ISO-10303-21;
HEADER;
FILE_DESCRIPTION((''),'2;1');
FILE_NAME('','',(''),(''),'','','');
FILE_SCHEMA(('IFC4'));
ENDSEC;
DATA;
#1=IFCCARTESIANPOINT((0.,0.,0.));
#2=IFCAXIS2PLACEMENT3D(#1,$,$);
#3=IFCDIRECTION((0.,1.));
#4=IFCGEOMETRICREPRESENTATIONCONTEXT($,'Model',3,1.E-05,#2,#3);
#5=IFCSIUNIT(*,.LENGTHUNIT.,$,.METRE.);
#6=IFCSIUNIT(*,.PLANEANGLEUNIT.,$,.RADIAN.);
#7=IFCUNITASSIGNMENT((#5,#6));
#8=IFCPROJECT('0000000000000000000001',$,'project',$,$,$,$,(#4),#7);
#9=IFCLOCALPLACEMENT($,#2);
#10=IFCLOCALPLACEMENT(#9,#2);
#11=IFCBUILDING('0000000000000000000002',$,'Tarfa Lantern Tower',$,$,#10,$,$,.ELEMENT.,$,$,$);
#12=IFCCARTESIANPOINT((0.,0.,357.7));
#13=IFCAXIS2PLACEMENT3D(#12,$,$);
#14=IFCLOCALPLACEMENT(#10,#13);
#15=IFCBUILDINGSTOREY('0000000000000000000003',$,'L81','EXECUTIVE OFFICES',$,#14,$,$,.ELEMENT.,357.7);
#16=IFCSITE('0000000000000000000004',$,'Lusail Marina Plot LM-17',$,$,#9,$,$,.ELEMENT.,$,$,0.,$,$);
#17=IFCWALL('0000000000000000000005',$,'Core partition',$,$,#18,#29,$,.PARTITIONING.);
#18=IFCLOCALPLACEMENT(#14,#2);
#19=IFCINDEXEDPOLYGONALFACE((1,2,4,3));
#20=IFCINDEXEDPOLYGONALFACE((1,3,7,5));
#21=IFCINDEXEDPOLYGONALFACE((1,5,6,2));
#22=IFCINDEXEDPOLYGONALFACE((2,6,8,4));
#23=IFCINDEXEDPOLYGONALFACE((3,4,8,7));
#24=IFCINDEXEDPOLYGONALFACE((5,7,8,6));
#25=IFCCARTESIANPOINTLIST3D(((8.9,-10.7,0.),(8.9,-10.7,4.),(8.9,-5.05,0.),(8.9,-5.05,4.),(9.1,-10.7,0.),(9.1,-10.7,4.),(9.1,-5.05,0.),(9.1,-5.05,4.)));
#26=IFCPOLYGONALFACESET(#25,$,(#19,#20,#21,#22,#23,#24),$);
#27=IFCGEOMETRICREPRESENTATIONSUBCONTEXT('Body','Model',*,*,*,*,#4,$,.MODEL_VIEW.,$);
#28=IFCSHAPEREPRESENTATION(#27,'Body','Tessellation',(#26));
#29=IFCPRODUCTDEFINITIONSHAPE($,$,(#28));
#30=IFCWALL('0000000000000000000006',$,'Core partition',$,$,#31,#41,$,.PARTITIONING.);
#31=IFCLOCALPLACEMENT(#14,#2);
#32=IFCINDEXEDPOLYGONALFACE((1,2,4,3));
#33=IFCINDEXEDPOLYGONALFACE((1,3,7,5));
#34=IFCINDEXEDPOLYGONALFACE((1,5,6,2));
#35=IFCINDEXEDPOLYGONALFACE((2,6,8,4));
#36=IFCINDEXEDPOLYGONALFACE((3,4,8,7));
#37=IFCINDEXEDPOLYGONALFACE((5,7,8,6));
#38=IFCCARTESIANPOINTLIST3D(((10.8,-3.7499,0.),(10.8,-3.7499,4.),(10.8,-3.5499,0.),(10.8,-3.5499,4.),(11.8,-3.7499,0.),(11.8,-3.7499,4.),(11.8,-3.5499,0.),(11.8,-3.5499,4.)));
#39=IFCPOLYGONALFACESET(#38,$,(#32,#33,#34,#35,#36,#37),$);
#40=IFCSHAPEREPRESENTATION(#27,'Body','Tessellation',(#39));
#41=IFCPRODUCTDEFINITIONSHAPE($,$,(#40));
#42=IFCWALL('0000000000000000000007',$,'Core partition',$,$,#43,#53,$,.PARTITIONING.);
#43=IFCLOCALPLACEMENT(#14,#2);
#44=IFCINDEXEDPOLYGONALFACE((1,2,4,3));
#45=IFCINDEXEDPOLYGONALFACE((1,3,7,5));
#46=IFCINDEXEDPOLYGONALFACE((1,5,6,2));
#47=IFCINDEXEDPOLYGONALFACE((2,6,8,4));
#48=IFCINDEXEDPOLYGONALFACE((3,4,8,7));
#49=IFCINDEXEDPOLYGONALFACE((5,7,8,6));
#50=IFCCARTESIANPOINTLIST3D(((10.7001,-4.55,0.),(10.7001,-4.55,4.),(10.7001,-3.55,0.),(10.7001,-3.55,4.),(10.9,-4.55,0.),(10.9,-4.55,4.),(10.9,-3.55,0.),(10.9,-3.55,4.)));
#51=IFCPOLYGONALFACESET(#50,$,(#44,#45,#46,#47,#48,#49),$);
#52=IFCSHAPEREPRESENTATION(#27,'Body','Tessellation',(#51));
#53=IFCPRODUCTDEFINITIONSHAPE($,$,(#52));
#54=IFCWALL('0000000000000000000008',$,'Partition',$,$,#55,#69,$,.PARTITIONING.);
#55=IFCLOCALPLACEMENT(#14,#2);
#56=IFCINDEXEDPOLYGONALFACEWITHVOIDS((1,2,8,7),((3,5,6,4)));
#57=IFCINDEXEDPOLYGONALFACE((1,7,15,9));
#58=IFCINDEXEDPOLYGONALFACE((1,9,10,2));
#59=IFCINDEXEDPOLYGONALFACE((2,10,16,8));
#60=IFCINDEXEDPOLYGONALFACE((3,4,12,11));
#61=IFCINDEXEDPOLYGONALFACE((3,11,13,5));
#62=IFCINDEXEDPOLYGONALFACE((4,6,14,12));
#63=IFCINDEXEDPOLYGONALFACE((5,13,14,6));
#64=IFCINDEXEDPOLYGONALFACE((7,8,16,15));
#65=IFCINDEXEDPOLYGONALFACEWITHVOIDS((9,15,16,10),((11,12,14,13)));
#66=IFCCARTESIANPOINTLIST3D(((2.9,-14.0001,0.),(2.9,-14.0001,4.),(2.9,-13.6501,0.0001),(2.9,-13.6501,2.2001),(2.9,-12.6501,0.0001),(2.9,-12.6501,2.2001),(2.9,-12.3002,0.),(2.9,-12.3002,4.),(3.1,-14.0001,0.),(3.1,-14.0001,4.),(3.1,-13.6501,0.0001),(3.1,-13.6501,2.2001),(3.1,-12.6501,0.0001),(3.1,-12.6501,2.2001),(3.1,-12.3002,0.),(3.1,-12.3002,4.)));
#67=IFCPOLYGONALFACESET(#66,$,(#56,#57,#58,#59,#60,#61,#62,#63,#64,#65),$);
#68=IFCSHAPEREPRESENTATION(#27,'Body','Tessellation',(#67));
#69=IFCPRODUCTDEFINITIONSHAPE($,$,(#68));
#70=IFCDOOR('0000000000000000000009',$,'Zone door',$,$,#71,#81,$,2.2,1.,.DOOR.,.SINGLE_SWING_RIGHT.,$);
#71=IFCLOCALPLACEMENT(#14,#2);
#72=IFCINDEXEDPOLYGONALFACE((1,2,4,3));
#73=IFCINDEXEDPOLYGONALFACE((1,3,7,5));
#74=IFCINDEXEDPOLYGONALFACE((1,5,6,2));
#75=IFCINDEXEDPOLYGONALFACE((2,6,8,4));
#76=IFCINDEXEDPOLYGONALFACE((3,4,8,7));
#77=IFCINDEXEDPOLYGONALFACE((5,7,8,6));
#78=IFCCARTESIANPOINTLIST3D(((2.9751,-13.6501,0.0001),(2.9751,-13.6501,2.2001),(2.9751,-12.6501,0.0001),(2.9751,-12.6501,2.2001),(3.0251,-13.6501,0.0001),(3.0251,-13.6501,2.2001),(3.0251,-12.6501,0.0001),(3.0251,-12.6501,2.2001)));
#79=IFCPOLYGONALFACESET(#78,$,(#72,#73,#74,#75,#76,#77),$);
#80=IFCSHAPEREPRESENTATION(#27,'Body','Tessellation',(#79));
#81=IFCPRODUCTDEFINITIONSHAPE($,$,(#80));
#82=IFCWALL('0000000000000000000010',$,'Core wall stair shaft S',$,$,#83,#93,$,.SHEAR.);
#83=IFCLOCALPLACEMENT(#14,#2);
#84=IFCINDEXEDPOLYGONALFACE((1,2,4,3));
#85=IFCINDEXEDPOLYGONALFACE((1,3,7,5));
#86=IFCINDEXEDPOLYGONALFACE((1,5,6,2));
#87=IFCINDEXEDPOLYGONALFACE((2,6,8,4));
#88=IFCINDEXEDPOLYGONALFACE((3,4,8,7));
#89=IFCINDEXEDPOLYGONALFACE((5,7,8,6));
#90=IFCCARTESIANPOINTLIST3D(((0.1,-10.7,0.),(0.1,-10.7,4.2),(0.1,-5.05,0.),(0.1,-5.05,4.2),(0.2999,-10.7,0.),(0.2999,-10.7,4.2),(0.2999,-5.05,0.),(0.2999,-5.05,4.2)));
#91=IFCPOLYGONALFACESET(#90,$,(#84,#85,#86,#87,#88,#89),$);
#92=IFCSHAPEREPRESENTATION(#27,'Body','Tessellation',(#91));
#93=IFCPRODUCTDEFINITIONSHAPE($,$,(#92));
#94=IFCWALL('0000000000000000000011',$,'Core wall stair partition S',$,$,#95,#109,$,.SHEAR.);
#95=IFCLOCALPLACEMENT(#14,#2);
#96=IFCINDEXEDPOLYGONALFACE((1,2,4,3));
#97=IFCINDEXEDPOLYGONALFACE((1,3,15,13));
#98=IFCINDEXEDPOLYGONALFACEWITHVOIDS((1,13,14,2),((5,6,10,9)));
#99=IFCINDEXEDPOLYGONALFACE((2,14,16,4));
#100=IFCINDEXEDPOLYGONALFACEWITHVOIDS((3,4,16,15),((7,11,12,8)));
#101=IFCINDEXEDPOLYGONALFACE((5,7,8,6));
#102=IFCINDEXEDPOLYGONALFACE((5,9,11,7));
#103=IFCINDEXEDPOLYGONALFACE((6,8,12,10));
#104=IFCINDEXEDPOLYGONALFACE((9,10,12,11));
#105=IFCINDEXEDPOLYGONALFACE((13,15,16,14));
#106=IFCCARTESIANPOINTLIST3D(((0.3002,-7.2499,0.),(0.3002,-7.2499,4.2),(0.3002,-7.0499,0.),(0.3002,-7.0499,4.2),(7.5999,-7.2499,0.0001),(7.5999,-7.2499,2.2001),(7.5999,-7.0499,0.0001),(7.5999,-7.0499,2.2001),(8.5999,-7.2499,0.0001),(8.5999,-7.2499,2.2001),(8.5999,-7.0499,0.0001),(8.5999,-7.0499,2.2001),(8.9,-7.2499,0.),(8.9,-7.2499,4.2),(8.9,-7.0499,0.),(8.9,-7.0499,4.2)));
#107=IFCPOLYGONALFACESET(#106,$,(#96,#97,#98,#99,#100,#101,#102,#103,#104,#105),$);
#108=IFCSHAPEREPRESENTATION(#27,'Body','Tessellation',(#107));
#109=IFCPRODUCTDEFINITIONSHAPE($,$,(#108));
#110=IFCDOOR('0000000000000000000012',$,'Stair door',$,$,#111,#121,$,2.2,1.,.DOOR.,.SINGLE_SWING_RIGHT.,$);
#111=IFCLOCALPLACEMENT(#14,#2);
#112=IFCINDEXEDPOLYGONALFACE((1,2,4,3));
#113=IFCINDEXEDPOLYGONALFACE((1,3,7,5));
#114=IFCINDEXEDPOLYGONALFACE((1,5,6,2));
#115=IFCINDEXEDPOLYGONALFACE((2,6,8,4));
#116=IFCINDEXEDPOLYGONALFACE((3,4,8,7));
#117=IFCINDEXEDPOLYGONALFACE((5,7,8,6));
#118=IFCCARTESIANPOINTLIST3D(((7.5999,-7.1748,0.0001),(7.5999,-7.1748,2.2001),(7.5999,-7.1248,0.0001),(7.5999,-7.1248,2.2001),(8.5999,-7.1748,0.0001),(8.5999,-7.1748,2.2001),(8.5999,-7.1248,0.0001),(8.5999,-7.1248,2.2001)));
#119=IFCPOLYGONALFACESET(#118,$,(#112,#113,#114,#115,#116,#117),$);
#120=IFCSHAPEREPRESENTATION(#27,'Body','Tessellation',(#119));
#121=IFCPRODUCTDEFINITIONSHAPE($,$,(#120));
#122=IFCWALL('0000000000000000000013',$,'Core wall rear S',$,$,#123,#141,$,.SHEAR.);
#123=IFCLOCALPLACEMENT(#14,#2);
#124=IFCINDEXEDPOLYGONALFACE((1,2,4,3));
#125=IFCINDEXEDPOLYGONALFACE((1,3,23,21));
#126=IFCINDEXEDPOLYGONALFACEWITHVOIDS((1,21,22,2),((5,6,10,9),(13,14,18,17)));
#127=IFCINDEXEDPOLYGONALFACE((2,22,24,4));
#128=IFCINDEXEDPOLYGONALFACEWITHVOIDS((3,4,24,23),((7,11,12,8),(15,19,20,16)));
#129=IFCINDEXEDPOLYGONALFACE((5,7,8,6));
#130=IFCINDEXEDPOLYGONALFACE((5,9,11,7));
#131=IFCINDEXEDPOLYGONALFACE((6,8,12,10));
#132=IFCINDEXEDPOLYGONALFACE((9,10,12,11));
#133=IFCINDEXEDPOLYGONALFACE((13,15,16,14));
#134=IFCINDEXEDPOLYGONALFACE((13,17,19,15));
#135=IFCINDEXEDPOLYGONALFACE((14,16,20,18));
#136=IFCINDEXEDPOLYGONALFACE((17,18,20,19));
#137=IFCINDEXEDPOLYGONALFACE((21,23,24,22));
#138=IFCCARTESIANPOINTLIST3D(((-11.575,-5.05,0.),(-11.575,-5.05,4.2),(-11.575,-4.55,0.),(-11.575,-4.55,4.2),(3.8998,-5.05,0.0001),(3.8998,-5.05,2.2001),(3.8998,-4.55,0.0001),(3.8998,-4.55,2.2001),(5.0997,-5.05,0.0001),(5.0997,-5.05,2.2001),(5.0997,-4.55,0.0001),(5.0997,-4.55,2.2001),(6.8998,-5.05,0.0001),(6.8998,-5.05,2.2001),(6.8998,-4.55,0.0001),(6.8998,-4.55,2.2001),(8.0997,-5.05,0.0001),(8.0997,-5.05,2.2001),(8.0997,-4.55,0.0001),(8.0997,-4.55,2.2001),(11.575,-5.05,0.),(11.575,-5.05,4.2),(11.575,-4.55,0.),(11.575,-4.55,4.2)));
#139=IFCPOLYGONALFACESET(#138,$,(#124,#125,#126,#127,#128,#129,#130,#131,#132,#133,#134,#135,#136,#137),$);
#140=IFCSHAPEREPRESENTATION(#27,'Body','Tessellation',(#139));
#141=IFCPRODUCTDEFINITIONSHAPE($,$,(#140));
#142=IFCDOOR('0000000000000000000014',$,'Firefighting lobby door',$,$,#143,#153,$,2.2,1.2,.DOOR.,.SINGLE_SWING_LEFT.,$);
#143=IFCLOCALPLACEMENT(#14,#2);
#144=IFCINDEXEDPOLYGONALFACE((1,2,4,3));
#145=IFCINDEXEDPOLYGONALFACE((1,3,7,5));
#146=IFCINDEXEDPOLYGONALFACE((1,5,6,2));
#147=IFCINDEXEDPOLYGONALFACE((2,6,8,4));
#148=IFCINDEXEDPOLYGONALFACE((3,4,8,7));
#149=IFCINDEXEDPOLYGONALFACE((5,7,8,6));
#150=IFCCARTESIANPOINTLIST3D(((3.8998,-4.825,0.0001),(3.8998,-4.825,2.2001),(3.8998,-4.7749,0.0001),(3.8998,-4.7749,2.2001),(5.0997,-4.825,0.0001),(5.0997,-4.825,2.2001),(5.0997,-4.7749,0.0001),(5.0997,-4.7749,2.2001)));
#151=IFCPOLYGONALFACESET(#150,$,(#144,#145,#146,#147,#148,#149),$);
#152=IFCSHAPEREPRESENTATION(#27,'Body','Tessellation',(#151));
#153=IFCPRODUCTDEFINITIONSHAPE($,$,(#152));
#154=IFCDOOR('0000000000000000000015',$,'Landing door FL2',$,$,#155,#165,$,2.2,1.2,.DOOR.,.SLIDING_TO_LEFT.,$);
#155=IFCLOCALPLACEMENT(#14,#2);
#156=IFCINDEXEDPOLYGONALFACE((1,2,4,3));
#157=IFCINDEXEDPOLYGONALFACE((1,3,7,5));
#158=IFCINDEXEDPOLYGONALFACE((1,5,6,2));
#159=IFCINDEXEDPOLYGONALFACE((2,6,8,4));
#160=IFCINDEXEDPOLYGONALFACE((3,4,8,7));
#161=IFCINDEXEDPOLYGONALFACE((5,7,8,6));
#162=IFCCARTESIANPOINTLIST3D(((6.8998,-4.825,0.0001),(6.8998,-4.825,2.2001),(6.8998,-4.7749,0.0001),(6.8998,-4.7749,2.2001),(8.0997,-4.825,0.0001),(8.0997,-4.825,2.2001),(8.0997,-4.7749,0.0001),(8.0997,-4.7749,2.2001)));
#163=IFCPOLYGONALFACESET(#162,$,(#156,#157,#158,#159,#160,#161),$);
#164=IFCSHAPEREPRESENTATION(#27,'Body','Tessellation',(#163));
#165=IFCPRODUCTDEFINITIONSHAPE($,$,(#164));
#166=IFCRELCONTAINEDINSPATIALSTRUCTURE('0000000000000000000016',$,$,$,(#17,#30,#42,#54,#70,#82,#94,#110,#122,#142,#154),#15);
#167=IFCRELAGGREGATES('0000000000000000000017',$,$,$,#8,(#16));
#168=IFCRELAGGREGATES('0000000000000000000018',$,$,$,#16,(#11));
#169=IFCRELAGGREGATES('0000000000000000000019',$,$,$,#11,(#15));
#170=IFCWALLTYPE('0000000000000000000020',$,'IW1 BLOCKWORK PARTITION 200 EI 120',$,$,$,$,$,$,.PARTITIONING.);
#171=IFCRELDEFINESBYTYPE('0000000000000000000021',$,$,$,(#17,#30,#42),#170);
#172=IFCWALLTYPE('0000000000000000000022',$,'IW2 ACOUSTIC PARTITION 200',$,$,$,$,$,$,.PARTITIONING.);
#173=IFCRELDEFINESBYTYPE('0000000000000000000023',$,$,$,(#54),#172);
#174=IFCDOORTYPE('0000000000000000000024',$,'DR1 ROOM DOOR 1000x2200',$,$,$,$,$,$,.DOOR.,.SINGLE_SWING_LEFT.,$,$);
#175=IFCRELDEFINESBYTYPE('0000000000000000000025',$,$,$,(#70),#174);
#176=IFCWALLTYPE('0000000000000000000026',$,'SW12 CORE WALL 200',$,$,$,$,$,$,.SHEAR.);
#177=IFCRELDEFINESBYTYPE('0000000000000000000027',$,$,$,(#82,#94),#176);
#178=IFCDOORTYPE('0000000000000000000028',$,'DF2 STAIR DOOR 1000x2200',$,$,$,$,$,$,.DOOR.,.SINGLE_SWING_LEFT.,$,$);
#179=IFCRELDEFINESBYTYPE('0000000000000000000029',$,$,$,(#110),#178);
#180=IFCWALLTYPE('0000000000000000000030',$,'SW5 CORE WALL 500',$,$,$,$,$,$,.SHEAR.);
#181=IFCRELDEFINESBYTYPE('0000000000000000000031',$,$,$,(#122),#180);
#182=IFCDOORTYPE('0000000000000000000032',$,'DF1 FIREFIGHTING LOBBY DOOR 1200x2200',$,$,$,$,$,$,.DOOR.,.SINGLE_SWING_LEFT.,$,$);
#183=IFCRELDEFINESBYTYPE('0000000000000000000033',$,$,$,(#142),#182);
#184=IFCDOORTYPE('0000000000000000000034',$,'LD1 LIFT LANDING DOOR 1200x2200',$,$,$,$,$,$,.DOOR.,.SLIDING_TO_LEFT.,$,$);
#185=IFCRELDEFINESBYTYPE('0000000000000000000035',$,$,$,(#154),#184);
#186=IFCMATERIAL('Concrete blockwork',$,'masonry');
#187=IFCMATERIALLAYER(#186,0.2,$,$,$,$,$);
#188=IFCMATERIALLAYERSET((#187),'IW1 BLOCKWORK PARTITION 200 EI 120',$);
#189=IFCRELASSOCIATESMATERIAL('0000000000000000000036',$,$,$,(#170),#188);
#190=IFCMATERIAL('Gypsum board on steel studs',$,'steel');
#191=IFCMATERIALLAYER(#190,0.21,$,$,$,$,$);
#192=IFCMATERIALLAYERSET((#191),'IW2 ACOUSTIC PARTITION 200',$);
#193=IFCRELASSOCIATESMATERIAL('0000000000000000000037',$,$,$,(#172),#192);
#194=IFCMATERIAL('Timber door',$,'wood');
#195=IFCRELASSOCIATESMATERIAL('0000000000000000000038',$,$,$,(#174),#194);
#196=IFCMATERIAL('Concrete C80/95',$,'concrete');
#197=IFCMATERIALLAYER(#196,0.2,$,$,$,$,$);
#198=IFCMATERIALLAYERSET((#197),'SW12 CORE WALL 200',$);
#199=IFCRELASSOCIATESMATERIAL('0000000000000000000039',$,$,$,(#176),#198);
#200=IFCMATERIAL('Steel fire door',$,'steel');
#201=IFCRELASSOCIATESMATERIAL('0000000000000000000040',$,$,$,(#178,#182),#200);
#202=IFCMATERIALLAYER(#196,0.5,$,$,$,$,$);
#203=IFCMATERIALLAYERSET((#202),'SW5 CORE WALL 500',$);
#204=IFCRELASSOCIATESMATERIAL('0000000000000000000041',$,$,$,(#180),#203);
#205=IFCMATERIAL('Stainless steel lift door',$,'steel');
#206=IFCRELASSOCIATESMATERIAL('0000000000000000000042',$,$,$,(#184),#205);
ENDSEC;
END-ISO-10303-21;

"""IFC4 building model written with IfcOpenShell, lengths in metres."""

from ifc_helpers import new_model, si_unit, direction, frame, frame_2d, origin, place, context, subcontext, project, spatial, rectangle, extrude, material, layer, layer_set, type_object, element, fill, save


model = new_model("IFC4")

# Units and contexts
model_context = context("Model", 3, precision=1e-05, world=origin(), true_north=direction((0.0, 1.0)))
body_context = subcontext(model_context, "Body", "Model", "MODEL_VIEW")
ifc_project = project(units=[si_unit("LENGTHUNIT", "METRE"), si_unit("PLANEANGLEUNIT", "RADIAN")], contexts=[model_context])

# Site, building, storey
site_placement = place(None, origin())
site = spatial("IfcSite", under=ifc_project, at=site_placement, Name="Lusail Marina Plot LM-17", CompositionType="ELEMENT", RefElevation=0.0)
building_placement = place(site_placement, origin())
building = spatial("IfcBuilding", under=site, at=building_placement, Name="Tarfa Lantern Tower", CompositionType="ELEMENT")
storey_placement = place(building_placement, frame((0.0, 0.0, 357.7)))
storey = spatial("IfcBuildingStorey", under=building, at=storey_placement, Name="L81", Description="EXECUTIVE OFFICES", CompositionType="ELEMENT", Elevation=357.7)

# Walls
ifc_material_1 = material(Name="Concrete blockwork", Category="masonry")
ifc_layer_1 = layer(ifc_material_1, 0.2)
ifc_layer_set_1 = layer_set([ifc_layer_1], Name="IW1 BLOCKWORK PARTITION 200 EI 120")
wall_type_1 = type_object("IfcWallType", Name="IW1 BLOCKWORK PARTITION 200 EI 120", PredefinedType="PARTITIONING", material=ifc_layer_set_1)
wall_1_placement = place(storey_placement, frame((9.0, -5.05, 0.0), z_axis=(0.0, 0.0, 1.0), x_axis=(0.0, -1.0, 0.0)))
element("IfcWall", 1, at=wall_1_placement, inside=storey, type_object=wall_type_1, Name="Core partition", PredefinedType="PARTITIONING", context=body_context, shape_type="SweptSolid", body=[
    extrude(rectangle(XDim=5.6499, YDim=0.2, at=frame_2d((2.825, 0.0))), origin(), (0.0, 0.0, 1.0), 4.0),
])
for number, where, z_axis, x_axis, name in (
    (2, (11.8, -3.6499, 0.0), (0.0, 0.0, 1.0), (-1.0, 0.0, 0.0), "Core partition"),
    (3, (10.8, -3.55, 0.0), (0.0, 0.0, 1.0), (0.0, -1.0, 0.0), "Core partition"),
):
    element("IfcWall", number, at=place(storey_placement, frame(where, z_axis=z_axis, x_axis=x_axis)), inside=storey, type_object=wall_type_1, Name=name, PredefinedType="PARTITIONING", context=body_context, shape_type="SweptSolid", body=[
        extrude(rectangle(XDim=1.0, YDim=0.2, at=frame_2d((0.5, 0.0))), origin(), (0.0, 0.0, 1.0), 4.0),
    ])

# Wall, opening, door
ifc_material_2 = material(Name="Gypsum board on steel studs", Category="steel")
ifc_layer_2 = layer(ifc_material_2, 0.21)
ifc_layer_set_2 = layer_set([ifc_layer_2], Name="IW2 ACOUSTIC PARTITION 200")
wall_type_2 = type_object("IfcWallType", Name="IW2 ACOUSTIC PARTITION 200", PredefinedType="PARTITIONING", material=ifc_layer_set_2)
wall_2_placement = place(storey_placement, frame((3.0, -12.3, 0.0), z_axis=(0.0, 0.0, 1.0), x_axis=(0.0, -1.0, 0.0)))
wall_2 = element("IfcWall", 4, at=wall_2_placement, inside=storey, type_object=wall_type_2, Name="Partition", PredefinedType="PARTITIONING", context=body_context, shape_type="SweptSolid", body=[
    extrude(rectangle(XDim=1.7, YDim=0.2, at=frame_2d((0.8501, 0.0))), origin(), (0.0, 0.0, 1.0), 4.0),
])
opening_1_placement = place(wall_2_placement, frame((0.3501, 0.0, 0.0)))
opening_1 = element("IfcOpeningElement", 5, at=opening_1_placement, cuts=wall_2, PredefinedType="OPENING", context=body_context, shape_type="SweptSolid", body=[
    extrude(rectangle(XDim=1.0, YDim=2.2, at=frame_2d((0.5, 1.1001))), frame((0.0, 0.1099, 0.0), z_axis=(0.0, -1.0, 0.0), x_axis=(1.0, 0.0, 0.0)), (0.0, 0.0, 1.0), 0.22),
])
ifc_material_3 = material(Name="Timber door", Category="wood")
door_type_1 = type_object("IfcDoorType", Name="DR1 ROOM DOOR 1000x2200", OperationType="SINGLE_SWING_LEFT", PredefinedType="DOOR", material=ifc_material_3)
door_1_placement = place(opening_1_placement, frame((1.0, 0.0, 0.0), z_axis=(0.0, 0.0, 1.0), x_axis=(-1.0, 0.0, 0.0)))
door_1 = element("IfcDoor", 6, at=door_1_placement, inside=storey, type_object=door_type_1, Name="Zone door", OperationType="SINGLE_SWING_RIGHT", OverallHeight=2.2, OverallWidth=1.0, PredefinedType="DOOR", context=body_context, shape_type="SweptSolid", body=[
    extrude(rectangle(XDim=1.0, YDim=2.2, at=frame_2d((0.5, 1.1001))), frame((0.0, 0.0249, 0.0), z_axis=(0.0, -1.0, 0.0), x_axis=(1.0, 0.0, 0.0)), (0.0, 0.0, 1.0), 0.05),
])
fill(opening_1, door_1)

# Wall
ifc_material_4 = material(Name="Concrete C80/95", Category="concrete")
ifc_layer_3 = layer(ifc_material_4, 0.2)
ifc_layer_set_3 = layer_set([ifc_layer_3], Name="SW12 CORE WALL 200")
wall_type_3 = type_object("IfcWallType", Name="SW12 CORE WALL 200", PredefinedType="SHEAR", material=ifc_layer_set_3)
wall_3_placement = place(storey_placement, frame((0.2, -5.05, 0.0), z_axis=(0.0, 0.0, 1.0), x_axis=(0.0, -1.0, 0.0)))
element("IfcWall", 7, at=wall_3_placement, inside=storey, type_object=wall_type_3, Name="Core wall stair shaft S", PredefinedType="SHEAR", context=body_context, shape_type="SweptSolid", body=[
    extrude(rectangle(XDim=5.6499, YDim=0.2, at=frame_2d((2.825, 0.0))), origin(), (0.0, 0.0, 1.0), 4.2),
])

# Wall, opening, door
wall_4_placement = place(storey_placement, frame((8.8999, -7.1499, 0.0), z_axis=(0.0, 0.0, 1.0), x_axis=(-1.0, 0.0, 0.0)))
wall_4 = element("IfcWall", 8, at=wall_4_placement, inside=storey, type_object=wall_type_3, Name="Core wall stair partition S", PredefinedType="SHEAR", context=body_context, shape_type="SweptSolid", body=[
    extrude(rectangle(XDim=8.5999, YDim=0.2, at=frame_2d((4.2998, 0.0))), origin(), (0.0, 0.0, 1.0), 4.2),
])
opening_2_placement = place(wall_4_placement, frame((0.3, 0.0, 0.0)))
opening_2 = element("IfcOpeningElement", 9, at=opening_2_placement, cuts=wall_4, PredefinedType="OPENING", context=body_context, shape_type="SweptSolid", body=[
    extrude(rectangle(XDim=1.0, YDim=2.2, at=frame_2d((0.5, 1.1001))), frame((0.0, 0.1099, 0.0), z_axis=(0.0, -1.0, 0.0), x_axis=(1.0, 0.0, 0.0)), (0.0, 0.0, 1.0), 0.22),
])
ifc_material_5 = material(Name="Steel fire door", Category="steel")
door_type_2 = type_object("IfcDoorType", Name="DF2 STAIR DOOR 1000x2200", OperationType="SINGLE_SWING_LEFT", PredefinedType="DOOR", material=ifc_material_5)
door_2_placement = place(opening_2_placement, origin())
door_2 = element("IfcDoor", 10, at=door_2_placement, inside=storey, type_object=door_type_2, Name="Stair door", OperationType="SINGLE_SWING_RIGHT", OverallHeight=2.2, OverallWidth=1.0, PredefinedType="DOOR", context=body_context, shape_type="SweptSolid", body=[
    extrude(rectangle(XDim=1.0, YDim=2.2, at=frame_2d((0.5, 1.1001))), frame((0.0, 0.0249, 0.0), z_axis=(0.0, -1.0, 0.0), x_axis=(1.0, 0.0, 0.0)), (0.0, 0.0, 1.0), 0.05),
])
fill(opening_2, door_2)

# Wall, openings, doors
ifc_layer_4 = layer(ifc_material_4, 0.5)
ifc_layer_set_4 = layer_set([ifc_layer_4], Name="SW5 CORE WALL 500")
wall_type_4 = type_object("IfcWallType", Name="SW5 CORE WALL 500", PredefinedType="SHEAR", material=ifc_layer_set_4)
wall_5_placement = place(storey_placement, frame((11.575, -4.8, 0.0), z_axis=(0.0, 0.0, 1.0), x_axis=(-1.0, 0.0, 0.0)))
wall_5 = element("IfcWall", 11, at=wall_5_placement, inside=storey, type_object=wall_type_4, Name="Core wall rear S", PredefinedType="SHEAR", context=body_context, shape_type="SweptSolid", body=[
    extrude(rectangle(XDim=23.1499, YDim=0.5, at=frame_2d((11.575, 0.0))), origin(), (0.0, 0.0, 1.0), 4.2),
])
opening_3_placement = place(wall_5_placement, frame((6.4751, 0.0, 0.0)))
opening_3 = element("IfcOpeningElement", 12, at=opening_3_placement, cuts=wall_5, PredefinedType="OPENING", context=body_context, shape_type="SweptSolid", body=[
    extrude(rectangle(XDim=1.2, YDim=2.2, at=frame_2d((0.6001, 1.1001))), frame((0.0, 0.26, 0.0), z_axis=(0.0, -1.0, 0.0), x_axis=(1.0, 0.0, 0.0)), (0.0, 0.0, 1.0), 0.52),
])
opening_4_placement = place(wall_5_placement, frame((3.4751, 0.0, 0.0)))
opening_4 = element("IfcOpeningElement", 13, at=opening_4_placement, cuts=wall_5, PredefinedType="OPENING", context=body_context, shape_type="SweptSolid", body=[
    extrude(rectangle(XDim=1.2, YDim=2.2, at=frame_2d((0.6001, 1.1001))), frame((0.0, 0.26, 0.0), z_axis=(0.0, -1.0, 0.0), x_axis=(1.0, 0.0, 0.0)), (0.0, 0.0, 1.0), 0.52),
])
door_type_3 = type_object("IfcDoorType", Name="DF1 FIREFIGHTING LOBBY DOOR 1200x2200", OperationType="SINGLE_SWING_LEFT", PredefinedType="DOOR", material=ifc_material_5)
door_3_placement = place(opening_3_placement, origin())
door_3 = element("IfcDoor", 14, at=door_3_placement, inside=storey, type_object=door_type_3, Name="Firefighting lobby door", OperationType="SINGLE_SWING_LEFT", OverallHeight=2.2, OverallWidth=1.2, PredefinedType="DOOR", context=body_context, shape_type="SweptSolid", body=[
    extrude(rectangle(XDim=1.2, YDim=2.2, at=frame_2d((0.6001, 1.1001))), frame((0.0, 0.0249, 0.0), z_axis=(0.0, -1.0, 0.0), x_axis=(1.0, 0.0, 0.0)), (0.0, 0.0, 1.0), 0.05),
])
fill(opening_3, door_3)
ifc_material_6 = material(Name="Stainless steel lift door", Category="steel")
door_type_4 = type_object("IfcDoorType", Name="LD1 LIFT LANDING DOOR 1200x2200", OperationType="SLIDING_TO_LEFT", PredefinedType="DOOR", material=ifc_material_6)
door_4_placement = place(opening_4_placement, origin())
door_4 = element("IfcDoor", 15, at=door_4_placement, inside=storey, type_object=door_type_4, Name="Landing door FL2", OperationType="SLIDING_TO_LEFT", OverallHeight=2.2, OverallWidth=1.2, PredefinedType="DOOR", context=body_context, shape_type="SweptSolid", body=[
    extrude(rectangle(XDim=1.2, YDim=2.2, at=frame_2d((0.6001, 1.1001))), frame((0.0, 0.0249, 0.0), z_axis=(0.0, -1.0, 0.0), x_axis=(1.0, 0.0, 0.0)), (0.0, 0.0, 1.0), 0.05),
])
fill(opening_4, door_4)

save(model, "model.ifc")
